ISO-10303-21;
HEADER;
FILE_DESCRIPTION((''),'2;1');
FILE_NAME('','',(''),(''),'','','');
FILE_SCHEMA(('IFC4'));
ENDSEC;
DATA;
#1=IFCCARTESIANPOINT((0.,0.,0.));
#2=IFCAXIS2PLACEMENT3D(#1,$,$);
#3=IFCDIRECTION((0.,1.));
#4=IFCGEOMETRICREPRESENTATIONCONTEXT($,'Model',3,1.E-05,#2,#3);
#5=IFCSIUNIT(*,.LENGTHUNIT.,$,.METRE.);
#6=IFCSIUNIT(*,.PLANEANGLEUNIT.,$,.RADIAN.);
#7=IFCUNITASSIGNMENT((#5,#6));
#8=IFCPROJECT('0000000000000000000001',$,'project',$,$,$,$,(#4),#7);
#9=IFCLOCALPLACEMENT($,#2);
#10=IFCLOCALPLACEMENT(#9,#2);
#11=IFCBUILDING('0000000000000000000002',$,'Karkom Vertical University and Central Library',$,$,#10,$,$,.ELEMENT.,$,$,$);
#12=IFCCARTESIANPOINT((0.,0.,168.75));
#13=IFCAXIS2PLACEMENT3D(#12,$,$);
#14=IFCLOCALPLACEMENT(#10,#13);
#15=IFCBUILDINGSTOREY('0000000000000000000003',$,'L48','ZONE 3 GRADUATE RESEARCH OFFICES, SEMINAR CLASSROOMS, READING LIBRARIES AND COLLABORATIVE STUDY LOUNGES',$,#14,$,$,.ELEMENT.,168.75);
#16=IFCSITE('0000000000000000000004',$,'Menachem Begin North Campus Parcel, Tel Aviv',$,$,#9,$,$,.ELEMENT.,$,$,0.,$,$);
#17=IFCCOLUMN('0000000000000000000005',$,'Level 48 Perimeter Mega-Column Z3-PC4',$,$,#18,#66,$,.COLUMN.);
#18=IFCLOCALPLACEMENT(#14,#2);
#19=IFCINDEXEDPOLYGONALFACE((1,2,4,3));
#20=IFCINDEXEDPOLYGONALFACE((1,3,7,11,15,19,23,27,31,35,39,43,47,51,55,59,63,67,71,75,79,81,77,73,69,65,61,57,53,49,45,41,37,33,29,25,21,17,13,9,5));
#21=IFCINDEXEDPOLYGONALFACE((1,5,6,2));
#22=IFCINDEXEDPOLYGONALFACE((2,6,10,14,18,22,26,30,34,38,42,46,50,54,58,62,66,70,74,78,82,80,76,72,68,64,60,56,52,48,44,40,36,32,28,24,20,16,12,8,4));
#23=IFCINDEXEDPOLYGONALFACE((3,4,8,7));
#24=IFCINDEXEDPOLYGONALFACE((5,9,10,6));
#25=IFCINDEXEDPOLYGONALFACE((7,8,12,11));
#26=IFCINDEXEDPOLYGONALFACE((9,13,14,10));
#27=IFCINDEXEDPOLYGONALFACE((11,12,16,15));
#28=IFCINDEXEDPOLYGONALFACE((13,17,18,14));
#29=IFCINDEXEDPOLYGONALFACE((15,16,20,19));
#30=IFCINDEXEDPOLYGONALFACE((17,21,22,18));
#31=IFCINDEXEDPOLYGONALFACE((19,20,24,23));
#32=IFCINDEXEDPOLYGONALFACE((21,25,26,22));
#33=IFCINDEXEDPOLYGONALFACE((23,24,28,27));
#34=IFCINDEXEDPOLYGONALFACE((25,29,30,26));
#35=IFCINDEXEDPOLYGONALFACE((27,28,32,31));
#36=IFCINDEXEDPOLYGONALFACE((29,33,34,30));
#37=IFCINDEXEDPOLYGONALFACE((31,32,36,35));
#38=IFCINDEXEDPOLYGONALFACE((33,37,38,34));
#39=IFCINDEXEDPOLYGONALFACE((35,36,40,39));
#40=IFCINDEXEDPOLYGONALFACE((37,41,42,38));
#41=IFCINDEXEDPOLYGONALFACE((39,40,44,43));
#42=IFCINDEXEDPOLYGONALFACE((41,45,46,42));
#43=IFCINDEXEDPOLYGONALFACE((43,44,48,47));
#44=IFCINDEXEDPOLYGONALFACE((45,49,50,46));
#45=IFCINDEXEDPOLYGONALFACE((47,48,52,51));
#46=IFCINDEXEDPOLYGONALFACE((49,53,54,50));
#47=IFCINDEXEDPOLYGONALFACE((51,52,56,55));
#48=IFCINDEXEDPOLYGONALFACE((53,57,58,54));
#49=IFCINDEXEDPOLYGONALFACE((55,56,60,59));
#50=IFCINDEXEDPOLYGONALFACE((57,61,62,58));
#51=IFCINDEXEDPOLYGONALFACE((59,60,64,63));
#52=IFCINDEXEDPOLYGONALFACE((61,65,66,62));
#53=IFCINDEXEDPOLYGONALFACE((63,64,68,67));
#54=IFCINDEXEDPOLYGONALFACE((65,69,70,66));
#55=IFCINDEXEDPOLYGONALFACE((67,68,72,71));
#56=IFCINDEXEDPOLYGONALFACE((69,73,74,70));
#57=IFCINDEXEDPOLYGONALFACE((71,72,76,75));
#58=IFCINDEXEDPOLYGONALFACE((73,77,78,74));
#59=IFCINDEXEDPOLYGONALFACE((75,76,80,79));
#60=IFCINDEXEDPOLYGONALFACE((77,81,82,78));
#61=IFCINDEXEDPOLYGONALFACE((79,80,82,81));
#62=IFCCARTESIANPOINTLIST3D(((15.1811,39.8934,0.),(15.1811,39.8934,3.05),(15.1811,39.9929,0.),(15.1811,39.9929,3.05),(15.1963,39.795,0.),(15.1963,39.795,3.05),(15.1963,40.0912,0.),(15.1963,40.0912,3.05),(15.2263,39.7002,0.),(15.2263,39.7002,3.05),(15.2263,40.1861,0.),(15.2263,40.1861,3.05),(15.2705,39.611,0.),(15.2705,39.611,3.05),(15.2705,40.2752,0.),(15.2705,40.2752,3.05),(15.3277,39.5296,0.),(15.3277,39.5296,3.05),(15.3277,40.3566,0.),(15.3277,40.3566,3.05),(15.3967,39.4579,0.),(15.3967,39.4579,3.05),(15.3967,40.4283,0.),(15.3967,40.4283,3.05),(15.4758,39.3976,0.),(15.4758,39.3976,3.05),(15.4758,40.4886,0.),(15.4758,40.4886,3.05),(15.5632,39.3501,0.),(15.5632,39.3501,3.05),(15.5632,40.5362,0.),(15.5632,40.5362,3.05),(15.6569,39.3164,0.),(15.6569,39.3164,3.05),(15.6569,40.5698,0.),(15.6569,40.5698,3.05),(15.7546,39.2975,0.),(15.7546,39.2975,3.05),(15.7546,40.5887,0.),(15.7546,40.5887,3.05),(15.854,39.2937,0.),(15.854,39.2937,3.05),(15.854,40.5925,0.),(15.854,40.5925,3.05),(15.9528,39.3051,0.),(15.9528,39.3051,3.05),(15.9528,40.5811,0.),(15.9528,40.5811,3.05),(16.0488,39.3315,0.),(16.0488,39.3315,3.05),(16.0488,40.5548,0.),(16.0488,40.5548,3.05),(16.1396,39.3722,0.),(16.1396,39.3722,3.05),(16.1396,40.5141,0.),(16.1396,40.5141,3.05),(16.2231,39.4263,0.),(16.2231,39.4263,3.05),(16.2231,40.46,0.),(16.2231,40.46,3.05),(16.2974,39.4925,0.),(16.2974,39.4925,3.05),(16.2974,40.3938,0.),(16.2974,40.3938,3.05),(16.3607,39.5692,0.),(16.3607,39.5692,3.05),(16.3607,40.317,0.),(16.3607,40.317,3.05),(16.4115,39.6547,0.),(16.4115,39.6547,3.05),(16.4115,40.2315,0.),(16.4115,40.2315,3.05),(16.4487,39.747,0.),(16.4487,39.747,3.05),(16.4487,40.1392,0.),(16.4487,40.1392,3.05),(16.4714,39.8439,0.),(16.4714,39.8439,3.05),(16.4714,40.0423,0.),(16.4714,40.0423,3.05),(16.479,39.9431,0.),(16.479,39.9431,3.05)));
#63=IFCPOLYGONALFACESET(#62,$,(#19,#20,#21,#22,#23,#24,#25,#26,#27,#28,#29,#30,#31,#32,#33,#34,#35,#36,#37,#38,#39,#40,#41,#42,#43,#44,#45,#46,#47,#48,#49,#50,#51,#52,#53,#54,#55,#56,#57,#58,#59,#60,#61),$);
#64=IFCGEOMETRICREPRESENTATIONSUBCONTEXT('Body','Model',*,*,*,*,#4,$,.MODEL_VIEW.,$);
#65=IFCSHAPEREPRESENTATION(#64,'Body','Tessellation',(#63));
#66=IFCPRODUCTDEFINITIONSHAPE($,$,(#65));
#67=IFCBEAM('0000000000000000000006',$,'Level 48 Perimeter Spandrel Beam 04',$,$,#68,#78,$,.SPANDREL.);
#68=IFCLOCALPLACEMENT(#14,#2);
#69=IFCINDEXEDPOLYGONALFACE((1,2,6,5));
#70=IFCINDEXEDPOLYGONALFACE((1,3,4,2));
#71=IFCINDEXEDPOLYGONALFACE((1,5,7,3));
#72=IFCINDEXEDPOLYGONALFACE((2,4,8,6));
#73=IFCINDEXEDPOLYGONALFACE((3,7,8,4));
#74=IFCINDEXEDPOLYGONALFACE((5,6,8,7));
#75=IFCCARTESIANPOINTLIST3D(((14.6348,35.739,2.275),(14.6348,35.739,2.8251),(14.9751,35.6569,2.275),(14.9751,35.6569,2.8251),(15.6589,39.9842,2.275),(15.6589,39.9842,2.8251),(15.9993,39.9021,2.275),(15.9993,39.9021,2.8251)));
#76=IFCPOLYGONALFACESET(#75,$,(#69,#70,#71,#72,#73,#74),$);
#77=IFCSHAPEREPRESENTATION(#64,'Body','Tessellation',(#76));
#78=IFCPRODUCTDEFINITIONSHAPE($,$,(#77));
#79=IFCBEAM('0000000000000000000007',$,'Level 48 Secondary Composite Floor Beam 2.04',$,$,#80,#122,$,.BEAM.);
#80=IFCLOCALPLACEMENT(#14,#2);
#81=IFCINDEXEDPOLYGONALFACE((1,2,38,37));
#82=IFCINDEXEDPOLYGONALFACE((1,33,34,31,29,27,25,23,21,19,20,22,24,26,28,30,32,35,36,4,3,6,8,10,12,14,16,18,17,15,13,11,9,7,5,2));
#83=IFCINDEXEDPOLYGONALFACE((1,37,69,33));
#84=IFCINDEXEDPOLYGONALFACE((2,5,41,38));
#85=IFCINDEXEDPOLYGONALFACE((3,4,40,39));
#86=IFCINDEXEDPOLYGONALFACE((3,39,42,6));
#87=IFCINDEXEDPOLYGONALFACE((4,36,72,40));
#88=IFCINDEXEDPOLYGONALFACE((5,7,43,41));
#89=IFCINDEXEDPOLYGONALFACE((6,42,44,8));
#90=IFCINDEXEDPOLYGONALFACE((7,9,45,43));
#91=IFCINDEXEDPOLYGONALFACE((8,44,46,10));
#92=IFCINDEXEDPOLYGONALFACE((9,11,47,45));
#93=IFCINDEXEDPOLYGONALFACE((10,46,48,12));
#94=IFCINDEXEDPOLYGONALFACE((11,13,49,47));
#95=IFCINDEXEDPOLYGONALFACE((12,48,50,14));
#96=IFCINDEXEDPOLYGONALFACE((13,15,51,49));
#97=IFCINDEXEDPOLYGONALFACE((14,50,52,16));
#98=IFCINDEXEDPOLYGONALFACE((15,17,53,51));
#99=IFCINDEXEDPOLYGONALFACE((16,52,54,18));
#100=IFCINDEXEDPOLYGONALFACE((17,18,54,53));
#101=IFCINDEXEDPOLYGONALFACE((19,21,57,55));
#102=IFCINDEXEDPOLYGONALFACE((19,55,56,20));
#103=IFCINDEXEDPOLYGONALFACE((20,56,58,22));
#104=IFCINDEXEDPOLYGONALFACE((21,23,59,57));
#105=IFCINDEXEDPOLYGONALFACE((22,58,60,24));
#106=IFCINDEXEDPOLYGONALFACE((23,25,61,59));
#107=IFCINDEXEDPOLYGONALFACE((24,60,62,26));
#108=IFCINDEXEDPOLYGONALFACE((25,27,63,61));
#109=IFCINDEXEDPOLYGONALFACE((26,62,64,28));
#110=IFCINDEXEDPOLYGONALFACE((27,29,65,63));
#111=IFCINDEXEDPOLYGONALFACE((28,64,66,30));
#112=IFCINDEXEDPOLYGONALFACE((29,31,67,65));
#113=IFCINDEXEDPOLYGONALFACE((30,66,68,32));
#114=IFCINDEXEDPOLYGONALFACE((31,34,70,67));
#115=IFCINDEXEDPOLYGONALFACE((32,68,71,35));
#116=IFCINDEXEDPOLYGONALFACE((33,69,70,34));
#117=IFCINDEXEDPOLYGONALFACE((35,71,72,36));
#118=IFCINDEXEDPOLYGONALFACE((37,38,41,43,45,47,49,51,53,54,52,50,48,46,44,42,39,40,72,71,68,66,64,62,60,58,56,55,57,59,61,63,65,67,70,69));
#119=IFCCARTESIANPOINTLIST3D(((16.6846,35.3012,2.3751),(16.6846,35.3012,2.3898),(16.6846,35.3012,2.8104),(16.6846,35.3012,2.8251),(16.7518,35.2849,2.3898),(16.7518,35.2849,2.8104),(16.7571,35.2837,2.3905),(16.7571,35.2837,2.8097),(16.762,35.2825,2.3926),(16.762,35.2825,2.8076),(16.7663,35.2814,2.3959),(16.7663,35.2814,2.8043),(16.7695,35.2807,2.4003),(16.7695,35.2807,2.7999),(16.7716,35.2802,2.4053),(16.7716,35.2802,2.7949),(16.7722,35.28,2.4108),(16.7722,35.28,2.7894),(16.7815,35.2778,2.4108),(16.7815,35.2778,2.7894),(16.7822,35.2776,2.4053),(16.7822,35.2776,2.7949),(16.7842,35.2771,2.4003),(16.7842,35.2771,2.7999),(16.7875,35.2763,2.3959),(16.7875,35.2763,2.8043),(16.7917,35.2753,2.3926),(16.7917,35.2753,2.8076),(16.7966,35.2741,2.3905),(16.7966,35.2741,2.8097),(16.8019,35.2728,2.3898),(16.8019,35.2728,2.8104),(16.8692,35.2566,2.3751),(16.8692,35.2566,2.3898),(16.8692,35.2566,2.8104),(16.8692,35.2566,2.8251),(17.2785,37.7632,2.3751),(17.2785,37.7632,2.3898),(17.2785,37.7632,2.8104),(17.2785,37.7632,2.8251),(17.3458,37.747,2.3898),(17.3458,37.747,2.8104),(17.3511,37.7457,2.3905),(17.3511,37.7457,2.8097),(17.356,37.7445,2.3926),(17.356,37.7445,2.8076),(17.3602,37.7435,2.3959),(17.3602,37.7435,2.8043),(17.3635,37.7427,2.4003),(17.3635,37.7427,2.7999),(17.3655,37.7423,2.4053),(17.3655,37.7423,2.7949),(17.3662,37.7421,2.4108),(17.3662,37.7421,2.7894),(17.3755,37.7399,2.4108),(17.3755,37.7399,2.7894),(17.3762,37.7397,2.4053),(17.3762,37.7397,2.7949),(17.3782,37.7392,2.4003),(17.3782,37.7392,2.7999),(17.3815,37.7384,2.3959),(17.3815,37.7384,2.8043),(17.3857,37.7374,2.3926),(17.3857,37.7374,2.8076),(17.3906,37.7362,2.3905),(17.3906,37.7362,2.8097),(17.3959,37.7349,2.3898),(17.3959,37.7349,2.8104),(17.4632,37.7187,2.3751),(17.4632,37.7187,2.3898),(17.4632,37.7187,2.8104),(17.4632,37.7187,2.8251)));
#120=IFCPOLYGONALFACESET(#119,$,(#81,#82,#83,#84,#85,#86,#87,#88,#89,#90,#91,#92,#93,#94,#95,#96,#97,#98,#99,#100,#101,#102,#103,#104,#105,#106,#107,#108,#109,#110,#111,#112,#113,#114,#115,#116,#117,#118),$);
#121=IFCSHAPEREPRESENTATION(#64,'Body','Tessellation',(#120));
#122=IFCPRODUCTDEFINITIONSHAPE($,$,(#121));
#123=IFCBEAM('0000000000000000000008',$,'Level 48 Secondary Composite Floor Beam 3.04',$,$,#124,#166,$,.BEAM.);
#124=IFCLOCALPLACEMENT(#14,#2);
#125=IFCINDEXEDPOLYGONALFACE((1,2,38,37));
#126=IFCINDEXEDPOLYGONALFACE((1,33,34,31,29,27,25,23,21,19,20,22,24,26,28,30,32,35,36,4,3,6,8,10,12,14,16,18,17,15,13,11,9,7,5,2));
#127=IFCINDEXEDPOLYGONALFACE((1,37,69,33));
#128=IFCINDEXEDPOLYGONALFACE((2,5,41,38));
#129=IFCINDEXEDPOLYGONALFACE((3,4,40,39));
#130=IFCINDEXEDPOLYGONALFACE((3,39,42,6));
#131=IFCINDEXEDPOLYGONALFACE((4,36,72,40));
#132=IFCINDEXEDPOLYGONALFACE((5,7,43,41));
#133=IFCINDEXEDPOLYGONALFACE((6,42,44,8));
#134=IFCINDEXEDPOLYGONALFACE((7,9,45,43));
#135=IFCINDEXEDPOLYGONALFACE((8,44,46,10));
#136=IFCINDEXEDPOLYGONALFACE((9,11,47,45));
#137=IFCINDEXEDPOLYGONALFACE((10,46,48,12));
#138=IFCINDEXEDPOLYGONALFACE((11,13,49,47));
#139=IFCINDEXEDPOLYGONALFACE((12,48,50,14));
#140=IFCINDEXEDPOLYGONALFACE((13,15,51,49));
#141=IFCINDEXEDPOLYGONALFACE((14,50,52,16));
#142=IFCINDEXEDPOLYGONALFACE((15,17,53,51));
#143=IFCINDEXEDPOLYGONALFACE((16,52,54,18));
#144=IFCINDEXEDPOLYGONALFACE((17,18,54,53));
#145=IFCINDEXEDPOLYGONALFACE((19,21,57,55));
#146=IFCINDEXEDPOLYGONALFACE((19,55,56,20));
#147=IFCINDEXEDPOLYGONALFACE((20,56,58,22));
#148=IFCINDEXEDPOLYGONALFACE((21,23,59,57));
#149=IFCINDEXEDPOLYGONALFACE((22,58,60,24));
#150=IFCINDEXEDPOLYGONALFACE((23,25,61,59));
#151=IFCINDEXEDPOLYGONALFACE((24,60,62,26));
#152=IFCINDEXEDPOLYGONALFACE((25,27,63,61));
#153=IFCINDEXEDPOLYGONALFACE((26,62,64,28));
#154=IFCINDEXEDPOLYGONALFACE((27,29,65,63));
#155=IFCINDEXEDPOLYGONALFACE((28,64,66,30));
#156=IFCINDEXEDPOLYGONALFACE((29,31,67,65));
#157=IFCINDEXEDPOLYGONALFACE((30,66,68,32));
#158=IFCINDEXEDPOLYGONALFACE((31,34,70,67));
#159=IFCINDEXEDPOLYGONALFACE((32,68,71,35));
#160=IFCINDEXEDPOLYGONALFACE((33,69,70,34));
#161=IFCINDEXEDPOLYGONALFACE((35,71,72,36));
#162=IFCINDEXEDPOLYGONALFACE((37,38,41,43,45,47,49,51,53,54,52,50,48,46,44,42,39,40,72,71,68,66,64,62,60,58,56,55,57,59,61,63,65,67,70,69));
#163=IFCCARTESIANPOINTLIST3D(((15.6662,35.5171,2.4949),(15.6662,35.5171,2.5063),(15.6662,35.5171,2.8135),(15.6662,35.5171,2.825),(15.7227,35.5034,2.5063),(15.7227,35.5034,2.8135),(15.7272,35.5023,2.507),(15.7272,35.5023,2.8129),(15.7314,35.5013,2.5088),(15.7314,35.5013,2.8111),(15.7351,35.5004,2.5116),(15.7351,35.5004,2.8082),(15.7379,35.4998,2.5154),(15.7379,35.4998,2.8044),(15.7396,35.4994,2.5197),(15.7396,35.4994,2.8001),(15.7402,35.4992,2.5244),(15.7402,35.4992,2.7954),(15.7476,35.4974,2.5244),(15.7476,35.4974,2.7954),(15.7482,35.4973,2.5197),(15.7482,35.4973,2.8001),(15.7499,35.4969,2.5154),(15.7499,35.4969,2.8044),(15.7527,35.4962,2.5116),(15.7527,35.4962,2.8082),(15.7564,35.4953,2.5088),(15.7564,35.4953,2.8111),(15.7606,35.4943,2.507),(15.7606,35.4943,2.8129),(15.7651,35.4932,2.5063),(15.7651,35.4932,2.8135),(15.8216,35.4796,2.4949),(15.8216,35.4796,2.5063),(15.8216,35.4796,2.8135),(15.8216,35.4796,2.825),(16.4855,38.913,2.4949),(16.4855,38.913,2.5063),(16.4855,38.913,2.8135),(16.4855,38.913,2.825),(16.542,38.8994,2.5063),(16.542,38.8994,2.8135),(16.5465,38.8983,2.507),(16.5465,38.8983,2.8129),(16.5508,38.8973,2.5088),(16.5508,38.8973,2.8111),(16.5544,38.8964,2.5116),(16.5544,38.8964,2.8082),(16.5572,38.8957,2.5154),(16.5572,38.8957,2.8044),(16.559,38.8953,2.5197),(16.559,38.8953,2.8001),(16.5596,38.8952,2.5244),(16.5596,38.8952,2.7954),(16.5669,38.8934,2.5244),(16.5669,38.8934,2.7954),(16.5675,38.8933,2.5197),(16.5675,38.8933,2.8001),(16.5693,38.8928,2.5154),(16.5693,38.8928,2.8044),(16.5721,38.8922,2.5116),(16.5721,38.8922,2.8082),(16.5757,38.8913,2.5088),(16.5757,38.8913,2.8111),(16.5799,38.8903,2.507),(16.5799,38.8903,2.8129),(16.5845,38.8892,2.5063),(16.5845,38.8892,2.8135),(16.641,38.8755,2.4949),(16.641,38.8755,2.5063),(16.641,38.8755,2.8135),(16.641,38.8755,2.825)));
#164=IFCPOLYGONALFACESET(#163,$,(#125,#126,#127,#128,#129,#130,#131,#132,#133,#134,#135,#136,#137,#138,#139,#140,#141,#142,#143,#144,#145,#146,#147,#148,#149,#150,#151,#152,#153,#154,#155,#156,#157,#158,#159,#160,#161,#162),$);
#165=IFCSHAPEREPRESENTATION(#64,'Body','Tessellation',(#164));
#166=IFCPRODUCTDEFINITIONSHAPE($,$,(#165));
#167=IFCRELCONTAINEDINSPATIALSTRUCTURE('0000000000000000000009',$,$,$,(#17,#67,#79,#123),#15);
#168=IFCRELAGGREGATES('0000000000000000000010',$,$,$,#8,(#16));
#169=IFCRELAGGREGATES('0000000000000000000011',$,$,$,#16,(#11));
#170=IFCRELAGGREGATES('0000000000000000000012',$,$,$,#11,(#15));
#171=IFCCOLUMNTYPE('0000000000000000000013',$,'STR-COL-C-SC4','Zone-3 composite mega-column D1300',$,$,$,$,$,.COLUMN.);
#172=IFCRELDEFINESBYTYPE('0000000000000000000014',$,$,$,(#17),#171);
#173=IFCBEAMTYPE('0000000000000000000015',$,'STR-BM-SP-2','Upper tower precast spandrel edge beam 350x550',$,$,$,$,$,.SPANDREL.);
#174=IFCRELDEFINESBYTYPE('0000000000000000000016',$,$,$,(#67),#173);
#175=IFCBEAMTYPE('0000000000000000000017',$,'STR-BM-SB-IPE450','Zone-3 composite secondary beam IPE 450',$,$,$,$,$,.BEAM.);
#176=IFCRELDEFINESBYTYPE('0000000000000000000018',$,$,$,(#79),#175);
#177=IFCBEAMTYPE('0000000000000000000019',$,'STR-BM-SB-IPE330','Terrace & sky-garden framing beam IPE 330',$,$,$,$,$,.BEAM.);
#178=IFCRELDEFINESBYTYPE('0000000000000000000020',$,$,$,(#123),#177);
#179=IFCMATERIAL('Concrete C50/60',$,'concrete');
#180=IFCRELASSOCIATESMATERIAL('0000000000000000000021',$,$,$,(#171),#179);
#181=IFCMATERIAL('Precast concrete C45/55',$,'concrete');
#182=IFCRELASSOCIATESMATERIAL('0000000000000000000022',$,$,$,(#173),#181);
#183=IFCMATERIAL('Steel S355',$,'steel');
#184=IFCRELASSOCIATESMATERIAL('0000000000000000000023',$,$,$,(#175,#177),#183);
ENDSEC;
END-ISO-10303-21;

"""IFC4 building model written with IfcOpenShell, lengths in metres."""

from ifc_helpers import new_model, si_unit, direction, frame, origin, origin_with_axes, origin_2d, place, context, subcontext, project, spatial, rectangle, circle, i_section, extrude, source, transform, mapped, material, material_profile, profile_set, type_object, element, save


model = new_model("IFC4")

# Units and contexts
model_context = context("Model", 3, precision=1e-05, world=origin(), true_north=direction((0.0, 1.0)))
body_context = subcontext(model_context, "Body", "Model", "MODEL_VIEW")
ifc_project = project(units=[si_unit("LENGTHUNIT", "METRE"), si_unit("PLANEANGLEUNIT", "RADIAN")], contexts=[model_context])

# Site, building, storey
site_placement = place(None, origin())
site = spatial("IfcSite", under=ifc_project, at=site_placement, Name="Menachem Begin North Campus Parcel, Tel Aviv", CompositionType="ELEMENT", RefElevation=0.0)
building_placement = place(site_placement, origin())
building = spatial("IfcBuilding", under=site, at=building_placement, Name="Karkom Vertical University and Central Library", CompositionType="ELEMENT")
storey_placement = place(building_placement, frame((0.0, 0.0, 168.75)))
storey = spatial("IfcBuildingStorey", under=building, at=storey_placement, Name="L48", Description="ZONE 3 GRADUATE RESEARCH OFFICES, SEMINAR CLASSROOMS, READING LIBRARIES AND COLLABORATIVE STUDY LOUNGES", CompositionType="ELEMENT", Elevation=168.75)

# Column
ifc_material_1 = material(Name="Concrete C50/60", Category="concrete")
ifc_material_profile_1 = material_profile(ifc_material_1, circle(Radius=0.6499, at=origin_2d()), Name="CFT-D1300")
ifc_profile_set_1 = profile_set([ifc_material_profile_1], Name="Concrete C50/60")
column_type = type_object("IfcColumnType", Name="STR-COL-C-SC4", Description="Zone-3 composite mega-column D1300", PredefinedType="COLUMN", material=ifc_profile_set_1)
shared_shape_1 = source(origin_with_axes(), body_context, "Body", "SweptSolid", [
    extrude(circle(Radius=0.6499, at=origin_2d()), origin(), (0.0, 0.0, 1.0), 3.05),
])
column_placement = place(storey_placement, frame((15.8291, 39.9431, 0.0), z_axis=(0.0, 0.0, 1.0), x_axis=(1.0, 0.0, 0.0)))
element("IfcColumn", 1, at=column_placement, inside=storey, type_object=column_type, Name="Level 48 Perimeter Mega-Column Z3-PC4", PredefinedType="COLUMN", context=body_context, shape_type="MappedRepresentation", body=[
    mapped(shared_shape_1, transform((0.0, 0.0, 0.0), scale=1.0)),
])

# Beams
ifc_material_2 = material(Name="Precast concrete C45/55", Category="concrete")
ifc_material_profile_2 = material_profile(ifc_material_2, rectangle(XDim=0.3501, YDim=0.55, at=origin_2d()), Name="SPB-350x550")
ifc_profile_set_2 = profile_set([ifc_material_profile_2], Name="Precast concrete C45/55")
beam_type_1 = type_object("IfcBeamType", Name="STR-BM-SP-2", Description="Upper tower precast spandrel edge beam 350x550", PredefinedType="SPANDREL", material=ifc_profile_set_2)
shared_shape_2 = source(origin_with_axes(), body_context, "Body", "SweptSolid", [
    extrude(rectangle(XDim=0.3501, YDim=0.55, at=origin_2d()), origin(), (0.0, 0.0, 1.0), 4.3669),
])
beam_1_placement = place(storey_placement, frame((15.8291, 39.9431, 2.55), z_axis=(-0.234529, -0.972109, 0.0), x_axis=(0.972109, -0.234529, 0.0)))
element("IfcBeam", 2, at=beam_1_placement, inside=storey, type_object=beam_type_1, Name="Level 48 Perimeter Spandrel Beam 04", PredefinedType="SPANDREL", context=body_context, shape_type="MappedRepresentation", body=[
    mapped(shared_shape_2, transform((0.0, 0.0, 0.0), scale=1.0)),
])
ifc_material_3 = material(Name="Steel S355", Category="steel")
ifc_material_profile_3 = material_profile(ifc_material_3, i_section(OverallWidth=0.1899, OverallDepth=0.45, WebThickness=0.0095, FlangeThickness=0.0146, FilletRadius=0.021, at=origin_2d()), Name="IPE 450")
ifc_profile_set_3 = profile_set([ifc_material_profile_3], Name="Steel S355")
beam_type_2 = type_object("IfcBeamType", Name="STR-BM-SB-IPE450", Description="Zone-3 composite secondary beam IPE 450", PredefinedType="BEAM", material=ifc_profile_set_3)
shared_shape_3 = source(origin_with_axes(), body_context, "Body", "SweptSolid", [
    extrude(i_section(OverallWidth=0.1899, OverallDepth=0.45, WebThickness=0.0095, FlangeThickness=0.0146, FilletRadius=0.021, at=origin_2d()), origin(), (0.0, 0.0, 1.0), 2.5327),
])
beam_2_placement = place(storey_placement, frame((17.3708, 37.741, 2.6001), z_axis=(-0.234521, -0.972111, 0.0), x_axis=(0.972111, -0.234521, 0.0)))
element("IfcBeam", 3, at=beam_2_placement, inside=storey, type_object=beam_type_2, Name="Level 48 Secondary Composite Floor Beam 2.04", PredefinedType="BEAM", context=body_context, shape_type="MappedRepresentation", body=[
    mapped(shared_shape_3, transform((0.0, 0.0, 0.0), scale=1.0)),
])
ifc_material_profile_4 = material_profile(ifc_material_3, i_section(OverallWidth=0.1599, OverallDepth=0.3301, WebThickness=0.0076, FlangeThickness=0.0115, FilletRadius=0.0181, at=origin_2d()), Name="IPE 330")
ifc_profile_set_4 = profile_set([ifc_material_profile_4], Name="Steel S355")
beam_type_3 = type_object("IfcBeamType", Name="STR-BM-SB-IPE330", Description="Terrace & sky-garden framing beam IPE 330", PredefinedType="BEAM", material=ifc_profile_set_4)
shared_shape_4 = source(origin_with_axes(), body_context, "Body", "SweptSolid", [
    extrude(i_section(OverallWidth=0.1599, OverallDepth=0.3301, WebThickness=0.0076, FlangeThickness=0.0115, FilletRadius=0.0181, at=origin_2d()), origin(), (0.0, 0.0, 1.0), 3.4934),
])
beam_3_placement = place(storey_placement, frame((16.5632, 38.8943, 2.6599), z_axis=(-0.234536, -0.972107, 0.0), x_axis=(0.972107, -0.234536, 0.0)))
element("IfcBeam", 4, at=beam_3_placement, inside=storey, type_object=beam_type_3, Name="Level 48 Secondary Composite Floor Beam 3.04", PredefinedType="BEAM", context=body_context, shape_type="MappedRepresentation", body=[
    mapped(shared_shape_4, transform((0.0, 0.0, 0.0), scale=1.0)),
])

save(model, "model.ifc")
